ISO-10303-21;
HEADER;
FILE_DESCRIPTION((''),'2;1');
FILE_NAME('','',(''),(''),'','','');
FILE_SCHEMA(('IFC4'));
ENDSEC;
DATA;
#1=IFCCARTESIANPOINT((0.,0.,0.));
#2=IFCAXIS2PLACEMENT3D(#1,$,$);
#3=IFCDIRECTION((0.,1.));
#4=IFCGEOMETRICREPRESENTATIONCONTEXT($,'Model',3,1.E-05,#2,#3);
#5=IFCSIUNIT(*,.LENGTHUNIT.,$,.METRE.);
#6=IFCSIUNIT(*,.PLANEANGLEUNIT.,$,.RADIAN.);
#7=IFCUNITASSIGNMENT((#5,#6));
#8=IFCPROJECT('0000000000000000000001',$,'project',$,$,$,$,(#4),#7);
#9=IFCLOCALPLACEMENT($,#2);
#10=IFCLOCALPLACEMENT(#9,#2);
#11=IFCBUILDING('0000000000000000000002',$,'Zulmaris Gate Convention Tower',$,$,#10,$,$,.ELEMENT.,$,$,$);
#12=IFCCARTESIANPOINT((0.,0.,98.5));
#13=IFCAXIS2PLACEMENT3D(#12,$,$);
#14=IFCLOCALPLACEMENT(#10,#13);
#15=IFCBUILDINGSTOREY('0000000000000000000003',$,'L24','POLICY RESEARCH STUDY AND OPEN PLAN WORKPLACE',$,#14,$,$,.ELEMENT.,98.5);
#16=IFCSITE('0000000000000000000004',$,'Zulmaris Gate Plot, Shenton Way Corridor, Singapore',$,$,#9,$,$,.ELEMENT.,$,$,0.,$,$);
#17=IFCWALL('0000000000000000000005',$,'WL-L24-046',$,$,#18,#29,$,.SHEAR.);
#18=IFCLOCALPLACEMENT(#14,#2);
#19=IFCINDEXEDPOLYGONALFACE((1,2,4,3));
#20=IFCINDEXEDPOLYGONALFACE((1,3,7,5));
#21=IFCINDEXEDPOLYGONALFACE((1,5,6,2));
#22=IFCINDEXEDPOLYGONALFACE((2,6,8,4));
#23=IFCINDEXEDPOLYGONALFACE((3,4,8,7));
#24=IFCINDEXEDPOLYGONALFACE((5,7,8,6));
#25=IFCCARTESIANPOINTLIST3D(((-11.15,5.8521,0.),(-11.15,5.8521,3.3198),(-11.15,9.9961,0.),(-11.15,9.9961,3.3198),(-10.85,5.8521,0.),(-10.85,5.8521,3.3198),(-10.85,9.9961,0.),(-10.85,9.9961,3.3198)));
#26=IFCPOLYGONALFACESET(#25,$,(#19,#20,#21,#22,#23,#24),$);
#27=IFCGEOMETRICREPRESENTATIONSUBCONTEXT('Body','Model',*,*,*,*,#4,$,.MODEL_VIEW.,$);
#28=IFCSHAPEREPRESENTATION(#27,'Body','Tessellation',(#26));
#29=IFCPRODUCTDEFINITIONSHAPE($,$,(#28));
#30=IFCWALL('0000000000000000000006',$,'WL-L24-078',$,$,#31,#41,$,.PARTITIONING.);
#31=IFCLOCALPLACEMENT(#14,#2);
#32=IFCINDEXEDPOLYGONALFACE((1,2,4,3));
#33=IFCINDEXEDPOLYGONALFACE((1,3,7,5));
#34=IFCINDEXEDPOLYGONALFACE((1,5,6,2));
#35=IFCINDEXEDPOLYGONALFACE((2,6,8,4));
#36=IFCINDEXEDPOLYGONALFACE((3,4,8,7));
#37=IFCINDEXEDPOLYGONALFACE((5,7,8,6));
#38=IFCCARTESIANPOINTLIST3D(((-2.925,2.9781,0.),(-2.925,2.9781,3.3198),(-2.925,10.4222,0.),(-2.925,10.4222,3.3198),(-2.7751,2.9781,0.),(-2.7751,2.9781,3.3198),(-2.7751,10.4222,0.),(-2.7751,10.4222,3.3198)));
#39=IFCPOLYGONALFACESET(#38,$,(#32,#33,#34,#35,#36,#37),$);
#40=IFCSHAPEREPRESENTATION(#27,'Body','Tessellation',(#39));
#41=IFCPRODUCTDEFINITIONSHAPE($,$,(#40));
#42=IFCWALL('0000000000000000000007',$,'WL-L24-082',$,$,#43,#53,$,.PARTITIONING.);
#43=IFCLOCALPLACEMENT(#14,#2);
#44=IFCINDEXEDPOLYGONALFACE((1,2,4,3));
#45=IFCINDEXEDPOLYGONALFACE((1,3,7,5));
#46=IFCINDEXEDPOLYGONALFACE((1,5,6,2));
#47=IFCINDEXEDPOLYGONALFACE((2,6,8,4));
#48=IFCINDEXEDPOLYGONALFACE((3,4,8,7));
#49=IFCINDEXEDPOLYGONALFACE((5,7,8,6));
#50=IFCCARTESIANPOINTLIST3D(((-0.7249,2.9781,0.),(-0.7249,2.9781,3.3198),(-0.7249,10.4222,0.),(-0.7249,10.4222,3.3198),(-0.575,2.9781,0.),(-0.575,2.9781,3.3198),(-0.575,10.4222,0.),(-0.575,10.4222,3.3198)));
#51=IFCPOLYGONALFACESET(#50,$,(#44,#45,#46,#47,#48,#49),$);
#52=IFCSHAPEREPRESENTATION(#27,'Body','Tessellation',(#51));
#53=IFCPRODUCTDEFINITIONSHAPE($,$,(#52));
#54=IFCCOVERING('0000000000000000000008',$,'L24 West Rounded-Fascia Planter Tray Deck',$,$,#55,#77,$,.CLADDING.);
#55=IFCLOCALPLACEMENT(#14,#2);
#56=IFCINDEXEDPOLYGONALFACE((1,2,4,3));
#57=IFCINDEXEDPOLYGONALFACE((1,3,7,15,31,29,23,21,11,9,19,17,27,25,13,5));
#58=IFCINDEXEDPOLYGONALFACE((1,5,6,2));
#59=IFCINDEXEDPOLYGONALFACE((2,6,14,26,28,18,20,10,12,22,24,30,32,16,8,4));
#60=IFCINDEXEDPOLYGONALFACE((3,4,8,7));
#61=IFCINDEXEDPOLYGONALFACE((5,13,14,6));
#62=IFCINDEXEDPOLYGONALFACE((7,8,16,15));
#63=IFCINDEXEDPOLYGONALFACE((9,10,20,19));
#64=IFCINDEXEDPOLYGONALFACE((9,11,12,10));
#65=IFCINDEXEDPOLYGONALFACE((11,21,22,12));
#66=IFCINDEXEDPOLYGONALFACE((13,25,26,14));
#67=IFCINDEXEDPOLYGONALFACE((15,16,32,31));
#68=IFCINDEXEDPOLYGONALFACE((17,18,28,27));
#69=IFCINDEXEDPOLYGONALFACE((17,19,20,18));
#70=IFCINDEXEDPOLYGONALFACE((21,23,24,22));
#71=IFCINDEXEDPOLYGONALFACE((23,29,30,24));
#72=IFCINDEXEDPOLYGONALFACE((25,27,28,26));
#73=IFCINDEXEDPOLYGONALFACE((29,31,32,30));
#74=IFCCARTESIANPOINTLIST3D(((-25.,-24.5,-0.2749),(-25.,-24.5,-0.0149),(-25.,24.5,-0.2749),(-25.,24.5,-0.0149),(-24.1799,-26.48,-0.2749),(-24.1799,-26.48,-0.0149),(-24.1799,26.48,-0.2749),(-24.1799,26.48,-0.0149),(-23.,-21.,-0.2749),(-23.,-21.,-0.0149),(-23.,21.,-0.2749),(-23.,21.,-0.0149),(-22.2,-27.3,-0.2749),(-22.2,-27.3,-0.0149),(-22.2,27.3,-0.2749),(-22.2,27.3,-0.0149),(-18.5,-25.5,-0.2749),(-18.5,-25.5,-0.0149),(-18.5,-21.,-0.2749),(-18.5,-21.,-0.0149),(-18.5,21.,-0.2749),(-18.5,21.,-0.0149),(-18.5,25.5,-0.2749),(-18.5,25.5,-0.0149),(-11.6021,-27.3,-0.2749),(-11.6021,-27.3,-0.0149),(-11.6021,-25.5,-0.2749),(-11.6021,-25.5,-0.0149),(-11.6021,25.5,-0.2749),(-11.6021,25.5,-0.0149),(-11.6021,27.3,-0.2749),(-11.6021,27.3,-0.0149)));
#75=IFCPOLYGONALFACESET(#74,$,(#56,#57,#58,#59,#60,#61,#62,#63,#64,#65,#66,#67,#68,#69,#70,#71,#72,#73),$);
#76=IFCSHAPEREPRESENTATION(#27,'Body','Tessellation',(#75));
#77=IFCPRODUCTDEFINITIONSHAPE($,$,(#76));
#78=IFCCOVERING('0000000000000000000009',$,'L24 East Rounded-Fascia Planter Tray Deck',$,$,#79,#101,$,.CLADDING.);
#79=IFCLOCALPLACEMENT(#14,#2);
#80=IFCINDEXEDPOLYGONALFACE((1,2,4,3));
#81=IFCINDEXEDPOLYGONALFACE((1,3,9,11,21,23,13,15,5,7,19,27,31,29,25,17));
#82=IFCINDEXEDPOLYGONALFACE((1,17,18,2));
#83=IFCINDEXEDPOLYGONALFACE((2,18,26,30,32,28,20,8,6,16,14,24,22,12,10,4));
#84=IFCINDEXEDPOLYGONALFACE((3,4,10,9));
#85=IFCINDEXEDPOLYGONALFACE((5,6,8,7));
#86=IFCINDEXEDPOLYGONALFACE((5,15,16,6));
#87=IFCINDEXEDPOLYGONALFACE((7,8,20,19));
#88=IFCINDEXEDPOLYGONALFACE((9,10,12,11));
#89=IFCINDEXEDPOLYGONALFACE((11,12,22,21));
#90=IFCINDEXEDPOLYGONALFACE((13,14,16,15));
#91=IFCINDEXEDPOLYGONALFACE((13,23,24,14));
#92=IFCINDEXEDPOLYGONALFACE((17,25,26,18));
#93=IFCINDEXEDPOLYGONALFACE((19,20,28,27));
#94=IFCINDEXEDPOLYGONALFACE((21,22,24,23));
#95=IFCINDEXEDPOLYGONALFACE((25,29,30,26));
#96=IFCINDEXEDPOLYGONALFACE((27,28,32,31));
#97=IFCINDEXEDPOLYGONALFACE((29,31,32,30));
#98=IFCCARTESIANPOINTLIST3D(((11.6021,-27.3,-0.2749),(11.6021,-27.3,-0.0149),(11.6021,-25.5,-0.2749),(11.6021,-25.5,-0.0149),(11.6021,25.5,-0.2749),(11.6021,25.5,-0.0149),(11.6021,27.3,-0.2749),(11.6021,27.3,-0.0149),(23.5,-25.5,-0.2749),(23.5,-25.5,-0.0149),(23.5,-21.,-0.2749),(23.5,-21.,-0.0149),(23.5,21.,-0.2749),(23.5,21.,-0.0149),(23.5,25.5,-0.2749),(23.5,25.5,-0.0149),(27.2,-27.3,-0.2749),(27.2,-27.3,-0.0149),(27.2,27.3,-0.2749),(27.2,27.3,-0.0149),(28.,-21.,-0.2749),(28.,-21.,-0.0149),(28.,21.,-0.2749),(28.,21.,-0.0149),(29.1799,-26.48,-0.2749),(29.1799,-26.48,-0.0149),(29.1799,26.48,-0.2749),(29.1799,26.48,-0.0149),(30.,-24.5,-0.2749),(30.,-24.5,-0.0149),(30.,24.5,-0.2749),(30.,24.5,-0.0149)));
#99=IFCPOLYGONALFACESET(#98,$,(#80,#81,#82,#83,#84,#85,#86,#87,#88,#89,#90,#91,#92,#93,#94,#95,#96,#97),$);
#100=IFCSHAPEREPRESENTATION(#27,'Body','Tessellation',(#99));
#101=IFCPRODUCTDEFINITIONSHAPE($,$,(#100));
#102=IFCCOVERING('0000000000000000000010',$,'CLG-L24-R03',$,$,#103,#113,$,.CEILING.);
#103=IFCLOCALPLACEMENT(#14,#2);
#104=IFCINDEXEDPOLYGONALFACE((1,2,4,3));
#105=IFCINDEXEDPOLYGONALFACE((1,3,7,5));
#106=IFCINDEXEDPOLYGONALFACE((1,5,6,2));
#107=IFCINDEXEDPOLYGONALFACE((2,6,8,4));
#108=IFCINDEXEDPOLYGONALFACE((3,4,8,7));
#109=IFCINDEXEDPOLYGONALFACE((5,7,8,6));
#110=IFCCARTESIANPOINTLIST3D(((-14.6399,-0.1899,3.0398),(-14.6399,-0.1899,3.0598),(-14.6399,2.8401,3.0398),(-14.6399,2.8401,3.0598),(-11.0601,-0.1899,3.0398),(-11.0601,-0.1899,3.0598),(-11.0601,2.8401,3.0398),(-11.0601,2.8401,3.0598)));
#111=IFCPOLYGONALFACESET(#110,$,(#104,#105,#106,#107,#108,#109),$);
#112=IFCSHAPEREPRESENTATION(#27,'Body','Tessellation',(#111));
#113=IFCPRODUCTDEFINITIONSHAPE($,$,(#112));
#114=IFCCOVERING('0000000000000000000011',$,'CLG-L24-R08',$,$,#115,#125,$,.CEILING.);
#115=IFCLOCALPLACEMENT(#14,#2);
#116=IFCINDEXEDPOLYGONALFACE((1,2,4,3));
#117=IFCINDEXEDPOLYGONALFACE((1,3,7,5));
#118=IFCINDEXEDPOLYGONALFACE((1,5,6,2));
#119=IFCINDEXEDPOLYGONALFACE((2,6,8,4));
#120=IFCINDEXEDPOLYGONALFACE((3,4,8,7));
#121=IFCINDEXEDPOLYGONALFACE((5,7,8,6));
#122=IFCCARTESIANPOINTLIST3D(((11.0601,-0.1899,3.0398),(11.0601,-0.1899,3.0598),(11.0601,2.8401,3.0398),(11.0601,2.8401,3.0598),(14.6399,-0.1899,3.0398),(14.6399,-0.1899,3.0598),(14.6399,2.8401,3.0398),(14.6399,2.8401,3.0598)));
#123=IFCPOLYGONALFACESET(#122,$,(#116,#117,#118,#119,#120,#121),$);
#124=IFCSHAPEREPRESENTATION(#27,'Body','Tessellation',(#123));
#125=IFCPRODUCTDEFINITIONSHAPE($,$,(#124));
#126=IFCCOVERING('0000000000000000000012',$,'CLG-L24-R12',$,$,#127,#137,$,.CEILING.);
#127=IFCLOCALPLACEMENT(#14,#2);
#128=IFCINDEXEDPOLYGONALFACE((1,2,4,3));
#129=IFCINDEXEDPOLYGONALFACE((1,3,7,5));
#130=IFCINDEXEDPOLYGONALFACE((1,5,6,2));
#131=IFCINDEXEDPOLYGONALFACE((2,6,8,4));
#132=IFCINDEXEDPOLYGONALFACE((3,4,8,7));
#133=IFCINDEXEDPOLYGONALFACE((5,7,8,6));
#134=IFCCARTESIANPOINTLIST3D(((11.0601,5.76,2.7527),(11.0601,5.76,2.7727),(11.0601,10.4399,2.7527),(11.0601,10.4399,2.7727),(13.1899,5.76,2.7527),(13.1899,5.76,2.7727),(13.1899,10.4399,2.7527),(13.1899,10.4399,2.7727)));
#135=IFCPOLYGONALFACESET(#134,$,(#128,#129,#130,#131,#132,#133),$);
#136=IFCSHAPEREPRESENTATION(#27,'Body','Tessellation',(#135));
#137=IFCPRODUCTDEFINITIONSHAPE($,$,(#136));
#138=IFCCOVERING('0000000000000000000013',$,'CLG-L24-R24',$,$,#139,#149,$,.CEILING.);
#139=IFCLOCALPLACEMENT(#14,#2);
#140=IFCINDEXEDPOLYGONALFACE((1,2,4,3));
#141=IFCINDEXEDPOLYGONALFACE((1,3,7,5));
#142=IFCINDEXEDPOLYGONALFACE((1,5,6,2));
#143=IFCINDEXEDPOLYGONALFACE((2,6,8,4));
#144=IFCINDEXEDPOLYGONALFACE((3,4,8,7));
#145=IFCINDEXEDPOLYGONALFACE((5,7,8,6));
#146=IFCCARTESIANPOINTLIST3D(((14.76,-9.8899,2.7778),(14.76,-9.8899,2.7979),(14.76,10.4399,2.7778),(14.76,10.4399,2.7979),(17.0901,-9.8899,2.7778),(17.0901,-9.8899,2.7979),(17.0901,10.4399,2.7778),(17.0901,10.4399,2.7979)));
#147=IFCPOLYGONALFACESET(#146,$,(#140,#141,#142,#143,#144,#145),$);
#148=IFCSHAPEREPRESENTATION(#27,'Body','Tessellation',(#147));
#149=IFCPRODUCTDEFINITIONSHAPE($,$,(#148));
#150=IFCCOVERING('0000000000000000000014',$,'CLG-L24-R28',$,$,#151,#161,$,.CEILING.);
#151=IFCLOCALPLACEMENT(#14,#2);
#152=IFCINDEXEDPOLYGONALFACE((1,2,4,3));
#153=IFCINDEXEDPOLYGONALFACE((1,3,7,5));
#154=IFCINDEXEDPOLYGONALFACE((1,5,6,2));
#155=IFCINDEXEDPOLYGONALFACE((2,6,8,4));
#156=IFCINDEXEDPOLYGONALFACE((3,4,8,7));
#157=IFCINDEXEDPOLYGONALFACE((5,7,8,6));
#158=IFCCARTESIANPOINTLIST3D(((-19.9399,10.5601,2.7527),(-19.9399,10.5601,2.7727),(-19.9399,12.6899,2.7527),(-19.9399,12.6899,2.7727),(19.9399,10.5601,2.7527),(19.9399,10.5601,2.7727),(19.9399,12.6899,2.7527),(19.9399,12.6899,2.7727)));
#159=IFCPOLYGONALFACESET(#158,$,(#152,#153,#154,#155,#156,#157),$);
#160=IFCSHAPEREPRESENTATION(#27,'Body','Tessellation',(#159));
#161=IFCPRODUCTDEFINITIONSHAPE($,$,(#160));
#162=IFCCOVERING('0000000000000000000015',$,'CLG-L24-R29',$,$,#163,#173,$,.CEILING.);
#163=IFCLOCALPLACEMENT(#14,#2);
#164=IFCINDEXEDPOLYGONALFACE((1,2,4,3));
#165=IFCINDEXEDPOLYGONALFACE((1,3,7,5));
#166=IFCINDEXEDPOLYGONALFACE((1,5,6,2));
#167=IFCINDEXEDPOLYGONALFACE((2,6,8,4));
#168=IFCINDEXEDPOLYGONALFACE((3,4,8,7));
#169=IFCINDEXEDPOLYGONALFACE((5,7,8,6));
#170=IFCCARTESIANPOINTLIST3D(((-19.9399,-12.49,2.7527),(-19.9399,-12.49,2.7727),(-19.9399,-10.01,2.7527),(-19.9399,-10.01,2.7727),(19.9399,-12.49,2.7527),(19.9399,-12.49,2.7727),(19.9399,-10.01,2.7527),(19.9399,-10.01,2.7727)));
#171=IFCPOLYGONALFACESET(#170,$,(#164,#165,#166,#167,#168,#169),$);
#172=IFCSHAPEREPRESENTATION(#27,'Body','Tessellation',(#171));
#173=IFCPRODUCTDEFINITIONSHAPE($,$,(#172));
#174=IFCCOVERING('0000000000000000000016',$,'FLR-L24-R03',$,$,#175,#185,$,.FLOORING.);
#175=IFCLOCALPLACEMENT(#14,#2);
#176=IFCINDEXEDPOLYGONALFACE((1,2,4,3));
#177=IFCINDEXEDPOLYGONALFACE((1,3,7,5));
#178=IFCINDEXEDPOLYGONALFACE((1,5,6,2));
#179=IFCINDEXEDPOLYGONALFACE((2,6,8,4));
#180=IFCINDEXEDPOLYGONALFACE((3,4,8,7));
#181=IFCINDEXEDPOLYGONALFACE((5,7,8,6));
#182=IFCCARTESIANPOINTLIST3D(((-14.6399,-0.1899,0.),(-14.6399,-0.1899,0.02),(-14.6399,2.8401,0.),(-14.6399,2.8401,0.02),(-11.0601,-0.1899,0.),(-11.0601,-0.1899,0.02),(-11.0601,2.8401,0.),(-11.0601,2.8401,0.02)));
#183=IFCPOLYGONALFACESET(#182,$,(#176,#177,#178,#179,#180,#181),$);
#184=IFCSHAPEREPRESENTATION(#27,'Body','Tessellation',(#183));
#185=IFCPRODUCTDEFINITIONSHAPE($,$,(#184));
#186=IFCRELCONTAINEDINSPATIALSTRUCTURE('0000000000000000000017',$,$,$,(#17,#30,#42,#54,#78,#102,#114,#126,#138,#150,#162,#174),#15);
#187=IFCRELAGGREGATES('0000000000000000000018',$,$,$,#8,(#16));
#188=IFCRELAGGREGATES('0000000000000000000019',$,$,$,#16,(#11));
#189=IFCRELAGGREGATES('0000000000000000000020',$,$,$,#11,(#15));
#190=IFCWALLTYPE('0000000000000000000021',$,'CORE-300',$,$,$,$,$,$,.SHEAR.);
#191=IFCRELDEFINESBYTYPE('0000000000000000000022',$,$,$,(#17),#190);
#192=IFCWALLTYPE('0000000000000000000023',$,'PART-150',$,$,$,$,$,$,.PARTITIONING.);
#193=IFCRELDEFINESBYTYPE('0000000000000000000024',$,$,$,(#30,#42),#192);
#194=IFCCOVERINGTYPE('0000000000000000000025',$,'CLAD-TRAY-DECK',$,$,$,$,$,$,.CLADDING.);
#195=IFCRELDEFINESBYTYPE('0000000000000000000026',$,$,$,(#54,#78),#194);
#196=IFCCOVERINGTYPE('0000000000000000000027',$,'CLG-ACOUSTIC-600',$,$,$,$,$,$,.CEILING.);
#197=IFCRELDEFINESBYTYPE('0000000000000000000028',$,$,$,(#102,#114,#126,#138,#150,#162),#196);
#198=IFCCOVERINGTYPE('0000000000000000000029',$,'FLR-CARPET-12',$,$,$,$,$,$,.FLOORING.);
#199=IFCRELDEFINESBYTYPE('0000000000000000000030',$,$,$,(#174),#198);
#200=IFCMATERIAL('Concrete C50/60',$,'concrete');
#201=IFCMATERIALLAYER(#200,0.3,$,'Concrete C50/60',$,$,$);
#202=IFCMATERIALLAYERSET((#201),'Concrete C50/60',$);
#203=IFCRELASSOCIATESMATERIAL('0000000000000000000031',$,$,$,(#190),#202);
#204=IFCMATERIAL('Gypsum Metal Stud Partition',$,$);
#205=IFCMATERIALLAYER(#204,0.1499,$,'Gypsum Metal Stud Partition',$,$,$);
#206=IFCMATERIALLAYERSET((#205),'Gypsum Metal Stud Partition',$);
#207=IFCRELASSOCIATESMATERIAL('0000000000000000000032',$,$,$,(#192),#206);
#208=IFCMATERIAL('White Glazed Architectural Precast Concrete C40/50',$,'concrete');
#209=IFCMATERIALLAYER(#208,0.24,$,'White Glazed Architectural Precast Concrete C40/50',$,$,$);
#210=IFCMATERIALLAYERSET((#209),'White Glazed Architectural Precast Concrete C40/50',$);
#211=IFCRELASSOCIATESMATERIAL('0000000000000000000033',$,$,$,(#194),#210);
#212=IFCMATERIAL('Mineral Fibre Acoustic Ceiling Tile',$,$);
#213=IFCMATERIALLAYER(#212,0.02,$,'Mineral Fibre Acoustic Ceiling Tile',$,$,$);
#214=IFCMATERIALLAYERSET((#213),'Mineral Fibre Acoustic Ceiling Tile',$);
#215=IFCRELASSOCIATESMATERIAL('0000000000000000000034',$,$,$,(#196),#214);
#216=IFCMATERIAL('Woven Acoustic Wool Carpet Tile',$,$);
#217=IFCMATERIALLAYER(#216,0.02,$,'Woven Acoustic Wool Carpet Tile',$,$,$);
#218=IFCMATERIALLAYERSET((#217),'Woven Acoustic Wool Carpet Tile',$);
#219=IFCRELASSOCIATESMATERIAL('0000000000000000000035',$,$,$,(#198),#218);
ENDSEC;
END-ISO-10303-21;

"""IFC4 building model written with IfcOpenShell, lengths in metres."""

from ifc_helpers import new_model, si_unit, direction, frame, frame_2d, origin, place, context, subcontext, project, spatial, polyline, rectangle, outline, extrude, material, layer, layer_set, type_object, element, save


model = new_model("IFC4")

# Units and contexts
model_context = context("Model", 3, precision=1e-05, world=origin(), true_north=direction((0.0, 1.0)))
body_context = subcontext(model_context, "Body", "Model", "MODEL_VIEW")
ifc_project = project(units=[si_unit("LENGTHUNIT", "METRE"), si_unit("PLANEANGLEUNIT", "RADIAN")], contexts=[model_context])

# Site, building, storey
site_placement = place(None, origin())
site = spatial("IfcSite", under=ifc_project, at=site_placement, Name="Zulmaris Gate Plot, Shenton Way Corridor, Singapore", CompositionType="ELEMENT", RefElevation=0.0)
building_placement = place(site_placement, origin())
building = spatial("IfcBuilding", under=site, at=building_placement, Name="Zulmaris Gate Convention Tower", CompositionType="ELEMENT")
storey_placement = place(building_placement, frame((0.0, 0.0, 98.5)))
storey = spatial("IfcBuildingStorey", under=building, at=storey_placement, Name="L24", Description="POLICY RESEARCH STUDY AND OPEN PLAN WORKPLACE", CompositionType="ELEMENT", Elevation=98.5)

# Shared definitions
ifc_material_1 = material(Name="Concrete C50/60", Category="concrete")

# Walls
ifc_layer_1 = layer(ifc_material_1, 0.3, Name="Concrete C50/60")
ifc_layer_set_1 = layer_set([ifc_layer_1], Name="Concrete C50/60")
wall_type_1 = type_object("IfcWallType", Name="CORE-300", PredefinedType="SHEAR", material=ifc_layer_set_1)
wall_placement = place(storey_placement, frame((-11.0, 5.8521, 0.0), z_axis=(0.0, 0.0, 1.0), x_axis=(0.0, 1.0, 0.0)))
element("IfcWall", 1, at=wall_placement, inside=storey, type_object=wall_type_1, Name="WL-L24-046", PredefinedType="SHEAR", context=body_context, shape_type="SweptSolid", body=[
    extrude(rectangle(XDim=4.144, YDim=0.3, at=frame_2d((2.072, 0.0))), origin(), (0.0, 0.0, 1.0), 3.3198),
])
ifc_material_2 = material(Name="Gypsum Metal Stud Partition")
ifc_layer_2 = layer(ifc_material_2, 0.1499, Name="Gypsum Metal Stud Partition")
ifc_layer_set_2 = layer_set([ifc_layer_2], Name="Gypsum Metal Stud Partition")
wall_type_2 = type_object("IfcWallType", Name="PART-150", PredefinedType="PARTITIONING", material=ifc_layer_set_2)
for number, where, z_axis, x_axis, name in (
    (2, (-2.8501, 2.978, 0.0), (0.0, 0.0, 1.0), (0.0, 1.0, 0.0), "WL-L24-078"),
    (3, (-0.6499, 2.978, 0.0), (0.0, 0.0, 1.0), (0.0, 1.0, 0.0), "WL-L24-082"),
):
    element("IfcWall", number, at=place(storey_placement, frame(where, z_axis=z_axis, x_axis=x_axis)), inside=storey, type_object=wall_type_2, Name=name, PredefinedType="PARTITIONING", context=body_context, shape_type="SweptSolid", body=[
        extrude(rectangle(XDim=7.4441, YDim=0.1499, at=frame_2d((3.7222, 0.0))), origin(), (0.0, 0.0, 1.0), 3.3198),
    ])

# Coverings
ifc_material_3 = material(Name="White Glazed Architectural Precast Concrete C40/50", Category="concrete")
ifc_layer_3 = layer(ifc_material_3, 0.24, Name="White Glazed Architectural Precast Concrete C40/50")
ifc_layer_set_3 = layer_set([ifc_layer_3], Name="White Glazed Architectural Precast Concrete C40/50")
covering_type_1 = type_object("IfcCoveringType", Name="CLAD-TRAY-DECK", PredefinedType="CLADDING", material=ifc_layer_set_3)
covering_1_placement = place(storey_placement, frame((0.0, 0.0, -0.2749)))
element("IfcCovering", 4, at=covering_1_placement, inside=storey, type_object=covering_type_1, Name="L24 West Rounded-Fascia Planter Tray Deck", PredefinedType="CLADDING", context=body_context, shape_type="SweptSolid", body=[
    extrude(outline(polyline([(-25.0, 24.5), (-24.1799, 26.48), (-22.2, 27.3), (-11.6021, 27.3), (-11.6021, 25.5), (-18.5, 25.5), (-18.5, 21.0), (-23.0, 21.0), (-23.0, -21.0), (-18.5, -21.0), (-18.5, -25.5), (-11.6021, -25.5), (-11.6021, -27.3), (-22.2, -27.3), (-24.1799, -26.48), (-25.0, -24.5), (-25.0, 24.5)])), origin(), (0.0, 0.0, 1.0), 0.26),
])
covering_2_placement = place(storey_placement, frame((0.0, 0.0, -0.2749)))
element("IfcCovering", 5, at=covering_2_placement, inside=storey, type_object=covering_type_1, Name="L24 East Rounded-Fascia Planter Tray Deck", PredefinedType="CLADDING", context=body_context, shape_type="SweptSolid", body=[
    extrude(outline(polyline([(27.2, 27.3), (29.1799, 26.48), (30.0, 24.5), (30.0, -24.5), (29.1799, -26.48), (27.2, -27.3), (11.6021, -27.3), (11.6021, -25.5), (23.5, -25.5), (23.5, -21.0), (28.0, -21.0), (28.0, 21.0), (23.5, 21.0), (23.5, 25.5), (11.6021, 25.5), (11.6021, 27.3), (27.2, 27.3)])), origin(), (0.0, 0.0, 1.0), 0.26),
])
ifc_material_4 = material(Name="Mineral Fibre Acoustic Ceiling Tile")
ifc_layer_4 = layer(ifc_material_4, 0.02, Name="Mineral Fibre Acoustic Ceiling Tile")
ifc_layer_set_4 = layer_set([ifc_layer_4], Name="Mineral Fibre Acoustic Ceiling Tile")
covering_type_2 = type_object("IfcCoveringType", Name="CLG-ACOUSTIC-600", PredefinedType="CEILING", material=ifc_layer_set_4)
covering_3_placement = place(storey_placement, frame((0.0, 0.0, 3.0398)))
element("IfcCovering", 6, at=covering_3_placement, inside=storey, type_object=covering_type_2, Name="CLG-L24-R03", PredefinedType="CEILING", context=body_context, shape_type="SweptSolid", body=[
    extrude(outline(polyline([(-14.6399, -0.1899), (-11.0601, -0.1899), (-11.0601, 2.8401), (-14.6399, 2.8401), (-14.6399, -0.1899)])), origin(), (0.0, 0.0, 1.0), 0.02),
])
covering_4_placement = place(storey_placement, frame((0.0, 0.0, 3.0398)))
element("IfcCovering", 7, at=covering_4_placement, inside=storey, type_object=covering_type_2, Name="CLG-L24-R08", PredefinedType="CEILING", context=body_context, shape_type="SweptSolid", body=[
    extrude(outline(polyline([(11.0601, -0.1899), (14.6399, -0.1899), (14.6399, 2.8401), (11.0601, 2.8401), (11.0601, -0.1899)])), origin(), (0.0, 0.0, 1.0), 0.02),
])
covering_5_placement = place(storey_placement, frame((0.0, 0.0, 2.7527)))
element("IfcCovering", 8, at=covering_5_placement, inside=storey, type_object=covering_type_2, Name="CLG-L24-R12", PredefinedType="CEILING", context=body_context, shape_type="SweptSolid", body=[
    extrude(outline(polyline([(11.0601, 5.76), (13.1899, 5.76), (13.1899, 10.4399), (11.0601, 10.4399), (11.0601, 5.76)])), origin(), (0.0, 0.0, 1.0), 0.02),
])
covering_6_placement = place(storey_placement, frame((0.0, 0.0, 2.7778)))
element("IfcCovering", 9, at=covering_6_placement, inside=storey, type_object=covering_type_2, Name="CLG-L24-R24", PredefinedType="CEILING", context=body_context, shape_type="SweptSolid", body=[
    extrude(outline(polyline([(14.76, -9.8899), (17.0901, -9.8899), (17.0901, 10.4399), (14.76, 10.4399), (14.76, -9.8899)])), origin(), (0.0, 0.0, 1.0), 0.02),
])
covering_7_placement = place(storey_placement, frame((0.0, 0.0, 2.7527)))
element("IfcCovering", 10, at=covering_7_placement, inside=storey, type_object=covering_type_2, Name="CLG-L24-R28", PredefinedType="CEILING", context=body_context, shape_type="SweptSolid", body=[
    extrude(outline(polyline([(-19.9399, 10.5601), (19.9399, 10.5601), (19.9399, 12.6899), (-19.9399, 12.6899), (-19.9399, 10.5601)])), origin(), (0.0, 0.0, 1.0), 0.02),
])
covering_8_placement = place(storey_placement, frame((0.0, 0.0, 2.7527)))
element("IfcCovering", 11, at=covering_8_placement, inside=storey, type_object=covering_type_2, Name="CLG-L24-R29", PredefinedType="CEILING", context=body_context, shape_type="SweptSolid", body=[
    extrude(outline(polyline([(-19.9399, -12.49), (19.9399, -12.49), (19.9399, -10.01), (-19.9399, -10.01), (-19.9399, -12.49)])), origin(), (0.0, 0.0, 1.0), 0.02),
])
ifc_material_5 = material(Name="Woven Acoustic Wool Carpet Tile")
ifc_layer_5 = layer(ifc_material_5, 0.02, Name="Woven Acoustic Wool Carpet Tile")
ifc_layer_set_5 = layer_set([ifc_layer_5], Name="Woven Acoustic Wool Carpet Tile")
covering_type_3 = type_object("IfcCoveringType", Name="FLR-CARPET-12", PredefinedType="FLOORING", material=ifc_layer_set_5)
covering_9_placement = place(storey_placement, origin())
element("IfcCovering", 12, at=covering_9_placement, inside=storey, type_object=covering_type_3, Name="FLR-L24-R03", PredefinedType="FLOORING", context=body_context, shape_type="SweptSolid", body=[
    extrude(outline(polyline([(-14.6399, -0.1899), (-11.0601, -0.1899), (-11.0601, 2.8401), (-14.6399, 2.8401), (-14.6399, -0.1899)])), origin(), (0.0, 0.0, 1.0), 0.02),
])

save(model, "model.ifc")
